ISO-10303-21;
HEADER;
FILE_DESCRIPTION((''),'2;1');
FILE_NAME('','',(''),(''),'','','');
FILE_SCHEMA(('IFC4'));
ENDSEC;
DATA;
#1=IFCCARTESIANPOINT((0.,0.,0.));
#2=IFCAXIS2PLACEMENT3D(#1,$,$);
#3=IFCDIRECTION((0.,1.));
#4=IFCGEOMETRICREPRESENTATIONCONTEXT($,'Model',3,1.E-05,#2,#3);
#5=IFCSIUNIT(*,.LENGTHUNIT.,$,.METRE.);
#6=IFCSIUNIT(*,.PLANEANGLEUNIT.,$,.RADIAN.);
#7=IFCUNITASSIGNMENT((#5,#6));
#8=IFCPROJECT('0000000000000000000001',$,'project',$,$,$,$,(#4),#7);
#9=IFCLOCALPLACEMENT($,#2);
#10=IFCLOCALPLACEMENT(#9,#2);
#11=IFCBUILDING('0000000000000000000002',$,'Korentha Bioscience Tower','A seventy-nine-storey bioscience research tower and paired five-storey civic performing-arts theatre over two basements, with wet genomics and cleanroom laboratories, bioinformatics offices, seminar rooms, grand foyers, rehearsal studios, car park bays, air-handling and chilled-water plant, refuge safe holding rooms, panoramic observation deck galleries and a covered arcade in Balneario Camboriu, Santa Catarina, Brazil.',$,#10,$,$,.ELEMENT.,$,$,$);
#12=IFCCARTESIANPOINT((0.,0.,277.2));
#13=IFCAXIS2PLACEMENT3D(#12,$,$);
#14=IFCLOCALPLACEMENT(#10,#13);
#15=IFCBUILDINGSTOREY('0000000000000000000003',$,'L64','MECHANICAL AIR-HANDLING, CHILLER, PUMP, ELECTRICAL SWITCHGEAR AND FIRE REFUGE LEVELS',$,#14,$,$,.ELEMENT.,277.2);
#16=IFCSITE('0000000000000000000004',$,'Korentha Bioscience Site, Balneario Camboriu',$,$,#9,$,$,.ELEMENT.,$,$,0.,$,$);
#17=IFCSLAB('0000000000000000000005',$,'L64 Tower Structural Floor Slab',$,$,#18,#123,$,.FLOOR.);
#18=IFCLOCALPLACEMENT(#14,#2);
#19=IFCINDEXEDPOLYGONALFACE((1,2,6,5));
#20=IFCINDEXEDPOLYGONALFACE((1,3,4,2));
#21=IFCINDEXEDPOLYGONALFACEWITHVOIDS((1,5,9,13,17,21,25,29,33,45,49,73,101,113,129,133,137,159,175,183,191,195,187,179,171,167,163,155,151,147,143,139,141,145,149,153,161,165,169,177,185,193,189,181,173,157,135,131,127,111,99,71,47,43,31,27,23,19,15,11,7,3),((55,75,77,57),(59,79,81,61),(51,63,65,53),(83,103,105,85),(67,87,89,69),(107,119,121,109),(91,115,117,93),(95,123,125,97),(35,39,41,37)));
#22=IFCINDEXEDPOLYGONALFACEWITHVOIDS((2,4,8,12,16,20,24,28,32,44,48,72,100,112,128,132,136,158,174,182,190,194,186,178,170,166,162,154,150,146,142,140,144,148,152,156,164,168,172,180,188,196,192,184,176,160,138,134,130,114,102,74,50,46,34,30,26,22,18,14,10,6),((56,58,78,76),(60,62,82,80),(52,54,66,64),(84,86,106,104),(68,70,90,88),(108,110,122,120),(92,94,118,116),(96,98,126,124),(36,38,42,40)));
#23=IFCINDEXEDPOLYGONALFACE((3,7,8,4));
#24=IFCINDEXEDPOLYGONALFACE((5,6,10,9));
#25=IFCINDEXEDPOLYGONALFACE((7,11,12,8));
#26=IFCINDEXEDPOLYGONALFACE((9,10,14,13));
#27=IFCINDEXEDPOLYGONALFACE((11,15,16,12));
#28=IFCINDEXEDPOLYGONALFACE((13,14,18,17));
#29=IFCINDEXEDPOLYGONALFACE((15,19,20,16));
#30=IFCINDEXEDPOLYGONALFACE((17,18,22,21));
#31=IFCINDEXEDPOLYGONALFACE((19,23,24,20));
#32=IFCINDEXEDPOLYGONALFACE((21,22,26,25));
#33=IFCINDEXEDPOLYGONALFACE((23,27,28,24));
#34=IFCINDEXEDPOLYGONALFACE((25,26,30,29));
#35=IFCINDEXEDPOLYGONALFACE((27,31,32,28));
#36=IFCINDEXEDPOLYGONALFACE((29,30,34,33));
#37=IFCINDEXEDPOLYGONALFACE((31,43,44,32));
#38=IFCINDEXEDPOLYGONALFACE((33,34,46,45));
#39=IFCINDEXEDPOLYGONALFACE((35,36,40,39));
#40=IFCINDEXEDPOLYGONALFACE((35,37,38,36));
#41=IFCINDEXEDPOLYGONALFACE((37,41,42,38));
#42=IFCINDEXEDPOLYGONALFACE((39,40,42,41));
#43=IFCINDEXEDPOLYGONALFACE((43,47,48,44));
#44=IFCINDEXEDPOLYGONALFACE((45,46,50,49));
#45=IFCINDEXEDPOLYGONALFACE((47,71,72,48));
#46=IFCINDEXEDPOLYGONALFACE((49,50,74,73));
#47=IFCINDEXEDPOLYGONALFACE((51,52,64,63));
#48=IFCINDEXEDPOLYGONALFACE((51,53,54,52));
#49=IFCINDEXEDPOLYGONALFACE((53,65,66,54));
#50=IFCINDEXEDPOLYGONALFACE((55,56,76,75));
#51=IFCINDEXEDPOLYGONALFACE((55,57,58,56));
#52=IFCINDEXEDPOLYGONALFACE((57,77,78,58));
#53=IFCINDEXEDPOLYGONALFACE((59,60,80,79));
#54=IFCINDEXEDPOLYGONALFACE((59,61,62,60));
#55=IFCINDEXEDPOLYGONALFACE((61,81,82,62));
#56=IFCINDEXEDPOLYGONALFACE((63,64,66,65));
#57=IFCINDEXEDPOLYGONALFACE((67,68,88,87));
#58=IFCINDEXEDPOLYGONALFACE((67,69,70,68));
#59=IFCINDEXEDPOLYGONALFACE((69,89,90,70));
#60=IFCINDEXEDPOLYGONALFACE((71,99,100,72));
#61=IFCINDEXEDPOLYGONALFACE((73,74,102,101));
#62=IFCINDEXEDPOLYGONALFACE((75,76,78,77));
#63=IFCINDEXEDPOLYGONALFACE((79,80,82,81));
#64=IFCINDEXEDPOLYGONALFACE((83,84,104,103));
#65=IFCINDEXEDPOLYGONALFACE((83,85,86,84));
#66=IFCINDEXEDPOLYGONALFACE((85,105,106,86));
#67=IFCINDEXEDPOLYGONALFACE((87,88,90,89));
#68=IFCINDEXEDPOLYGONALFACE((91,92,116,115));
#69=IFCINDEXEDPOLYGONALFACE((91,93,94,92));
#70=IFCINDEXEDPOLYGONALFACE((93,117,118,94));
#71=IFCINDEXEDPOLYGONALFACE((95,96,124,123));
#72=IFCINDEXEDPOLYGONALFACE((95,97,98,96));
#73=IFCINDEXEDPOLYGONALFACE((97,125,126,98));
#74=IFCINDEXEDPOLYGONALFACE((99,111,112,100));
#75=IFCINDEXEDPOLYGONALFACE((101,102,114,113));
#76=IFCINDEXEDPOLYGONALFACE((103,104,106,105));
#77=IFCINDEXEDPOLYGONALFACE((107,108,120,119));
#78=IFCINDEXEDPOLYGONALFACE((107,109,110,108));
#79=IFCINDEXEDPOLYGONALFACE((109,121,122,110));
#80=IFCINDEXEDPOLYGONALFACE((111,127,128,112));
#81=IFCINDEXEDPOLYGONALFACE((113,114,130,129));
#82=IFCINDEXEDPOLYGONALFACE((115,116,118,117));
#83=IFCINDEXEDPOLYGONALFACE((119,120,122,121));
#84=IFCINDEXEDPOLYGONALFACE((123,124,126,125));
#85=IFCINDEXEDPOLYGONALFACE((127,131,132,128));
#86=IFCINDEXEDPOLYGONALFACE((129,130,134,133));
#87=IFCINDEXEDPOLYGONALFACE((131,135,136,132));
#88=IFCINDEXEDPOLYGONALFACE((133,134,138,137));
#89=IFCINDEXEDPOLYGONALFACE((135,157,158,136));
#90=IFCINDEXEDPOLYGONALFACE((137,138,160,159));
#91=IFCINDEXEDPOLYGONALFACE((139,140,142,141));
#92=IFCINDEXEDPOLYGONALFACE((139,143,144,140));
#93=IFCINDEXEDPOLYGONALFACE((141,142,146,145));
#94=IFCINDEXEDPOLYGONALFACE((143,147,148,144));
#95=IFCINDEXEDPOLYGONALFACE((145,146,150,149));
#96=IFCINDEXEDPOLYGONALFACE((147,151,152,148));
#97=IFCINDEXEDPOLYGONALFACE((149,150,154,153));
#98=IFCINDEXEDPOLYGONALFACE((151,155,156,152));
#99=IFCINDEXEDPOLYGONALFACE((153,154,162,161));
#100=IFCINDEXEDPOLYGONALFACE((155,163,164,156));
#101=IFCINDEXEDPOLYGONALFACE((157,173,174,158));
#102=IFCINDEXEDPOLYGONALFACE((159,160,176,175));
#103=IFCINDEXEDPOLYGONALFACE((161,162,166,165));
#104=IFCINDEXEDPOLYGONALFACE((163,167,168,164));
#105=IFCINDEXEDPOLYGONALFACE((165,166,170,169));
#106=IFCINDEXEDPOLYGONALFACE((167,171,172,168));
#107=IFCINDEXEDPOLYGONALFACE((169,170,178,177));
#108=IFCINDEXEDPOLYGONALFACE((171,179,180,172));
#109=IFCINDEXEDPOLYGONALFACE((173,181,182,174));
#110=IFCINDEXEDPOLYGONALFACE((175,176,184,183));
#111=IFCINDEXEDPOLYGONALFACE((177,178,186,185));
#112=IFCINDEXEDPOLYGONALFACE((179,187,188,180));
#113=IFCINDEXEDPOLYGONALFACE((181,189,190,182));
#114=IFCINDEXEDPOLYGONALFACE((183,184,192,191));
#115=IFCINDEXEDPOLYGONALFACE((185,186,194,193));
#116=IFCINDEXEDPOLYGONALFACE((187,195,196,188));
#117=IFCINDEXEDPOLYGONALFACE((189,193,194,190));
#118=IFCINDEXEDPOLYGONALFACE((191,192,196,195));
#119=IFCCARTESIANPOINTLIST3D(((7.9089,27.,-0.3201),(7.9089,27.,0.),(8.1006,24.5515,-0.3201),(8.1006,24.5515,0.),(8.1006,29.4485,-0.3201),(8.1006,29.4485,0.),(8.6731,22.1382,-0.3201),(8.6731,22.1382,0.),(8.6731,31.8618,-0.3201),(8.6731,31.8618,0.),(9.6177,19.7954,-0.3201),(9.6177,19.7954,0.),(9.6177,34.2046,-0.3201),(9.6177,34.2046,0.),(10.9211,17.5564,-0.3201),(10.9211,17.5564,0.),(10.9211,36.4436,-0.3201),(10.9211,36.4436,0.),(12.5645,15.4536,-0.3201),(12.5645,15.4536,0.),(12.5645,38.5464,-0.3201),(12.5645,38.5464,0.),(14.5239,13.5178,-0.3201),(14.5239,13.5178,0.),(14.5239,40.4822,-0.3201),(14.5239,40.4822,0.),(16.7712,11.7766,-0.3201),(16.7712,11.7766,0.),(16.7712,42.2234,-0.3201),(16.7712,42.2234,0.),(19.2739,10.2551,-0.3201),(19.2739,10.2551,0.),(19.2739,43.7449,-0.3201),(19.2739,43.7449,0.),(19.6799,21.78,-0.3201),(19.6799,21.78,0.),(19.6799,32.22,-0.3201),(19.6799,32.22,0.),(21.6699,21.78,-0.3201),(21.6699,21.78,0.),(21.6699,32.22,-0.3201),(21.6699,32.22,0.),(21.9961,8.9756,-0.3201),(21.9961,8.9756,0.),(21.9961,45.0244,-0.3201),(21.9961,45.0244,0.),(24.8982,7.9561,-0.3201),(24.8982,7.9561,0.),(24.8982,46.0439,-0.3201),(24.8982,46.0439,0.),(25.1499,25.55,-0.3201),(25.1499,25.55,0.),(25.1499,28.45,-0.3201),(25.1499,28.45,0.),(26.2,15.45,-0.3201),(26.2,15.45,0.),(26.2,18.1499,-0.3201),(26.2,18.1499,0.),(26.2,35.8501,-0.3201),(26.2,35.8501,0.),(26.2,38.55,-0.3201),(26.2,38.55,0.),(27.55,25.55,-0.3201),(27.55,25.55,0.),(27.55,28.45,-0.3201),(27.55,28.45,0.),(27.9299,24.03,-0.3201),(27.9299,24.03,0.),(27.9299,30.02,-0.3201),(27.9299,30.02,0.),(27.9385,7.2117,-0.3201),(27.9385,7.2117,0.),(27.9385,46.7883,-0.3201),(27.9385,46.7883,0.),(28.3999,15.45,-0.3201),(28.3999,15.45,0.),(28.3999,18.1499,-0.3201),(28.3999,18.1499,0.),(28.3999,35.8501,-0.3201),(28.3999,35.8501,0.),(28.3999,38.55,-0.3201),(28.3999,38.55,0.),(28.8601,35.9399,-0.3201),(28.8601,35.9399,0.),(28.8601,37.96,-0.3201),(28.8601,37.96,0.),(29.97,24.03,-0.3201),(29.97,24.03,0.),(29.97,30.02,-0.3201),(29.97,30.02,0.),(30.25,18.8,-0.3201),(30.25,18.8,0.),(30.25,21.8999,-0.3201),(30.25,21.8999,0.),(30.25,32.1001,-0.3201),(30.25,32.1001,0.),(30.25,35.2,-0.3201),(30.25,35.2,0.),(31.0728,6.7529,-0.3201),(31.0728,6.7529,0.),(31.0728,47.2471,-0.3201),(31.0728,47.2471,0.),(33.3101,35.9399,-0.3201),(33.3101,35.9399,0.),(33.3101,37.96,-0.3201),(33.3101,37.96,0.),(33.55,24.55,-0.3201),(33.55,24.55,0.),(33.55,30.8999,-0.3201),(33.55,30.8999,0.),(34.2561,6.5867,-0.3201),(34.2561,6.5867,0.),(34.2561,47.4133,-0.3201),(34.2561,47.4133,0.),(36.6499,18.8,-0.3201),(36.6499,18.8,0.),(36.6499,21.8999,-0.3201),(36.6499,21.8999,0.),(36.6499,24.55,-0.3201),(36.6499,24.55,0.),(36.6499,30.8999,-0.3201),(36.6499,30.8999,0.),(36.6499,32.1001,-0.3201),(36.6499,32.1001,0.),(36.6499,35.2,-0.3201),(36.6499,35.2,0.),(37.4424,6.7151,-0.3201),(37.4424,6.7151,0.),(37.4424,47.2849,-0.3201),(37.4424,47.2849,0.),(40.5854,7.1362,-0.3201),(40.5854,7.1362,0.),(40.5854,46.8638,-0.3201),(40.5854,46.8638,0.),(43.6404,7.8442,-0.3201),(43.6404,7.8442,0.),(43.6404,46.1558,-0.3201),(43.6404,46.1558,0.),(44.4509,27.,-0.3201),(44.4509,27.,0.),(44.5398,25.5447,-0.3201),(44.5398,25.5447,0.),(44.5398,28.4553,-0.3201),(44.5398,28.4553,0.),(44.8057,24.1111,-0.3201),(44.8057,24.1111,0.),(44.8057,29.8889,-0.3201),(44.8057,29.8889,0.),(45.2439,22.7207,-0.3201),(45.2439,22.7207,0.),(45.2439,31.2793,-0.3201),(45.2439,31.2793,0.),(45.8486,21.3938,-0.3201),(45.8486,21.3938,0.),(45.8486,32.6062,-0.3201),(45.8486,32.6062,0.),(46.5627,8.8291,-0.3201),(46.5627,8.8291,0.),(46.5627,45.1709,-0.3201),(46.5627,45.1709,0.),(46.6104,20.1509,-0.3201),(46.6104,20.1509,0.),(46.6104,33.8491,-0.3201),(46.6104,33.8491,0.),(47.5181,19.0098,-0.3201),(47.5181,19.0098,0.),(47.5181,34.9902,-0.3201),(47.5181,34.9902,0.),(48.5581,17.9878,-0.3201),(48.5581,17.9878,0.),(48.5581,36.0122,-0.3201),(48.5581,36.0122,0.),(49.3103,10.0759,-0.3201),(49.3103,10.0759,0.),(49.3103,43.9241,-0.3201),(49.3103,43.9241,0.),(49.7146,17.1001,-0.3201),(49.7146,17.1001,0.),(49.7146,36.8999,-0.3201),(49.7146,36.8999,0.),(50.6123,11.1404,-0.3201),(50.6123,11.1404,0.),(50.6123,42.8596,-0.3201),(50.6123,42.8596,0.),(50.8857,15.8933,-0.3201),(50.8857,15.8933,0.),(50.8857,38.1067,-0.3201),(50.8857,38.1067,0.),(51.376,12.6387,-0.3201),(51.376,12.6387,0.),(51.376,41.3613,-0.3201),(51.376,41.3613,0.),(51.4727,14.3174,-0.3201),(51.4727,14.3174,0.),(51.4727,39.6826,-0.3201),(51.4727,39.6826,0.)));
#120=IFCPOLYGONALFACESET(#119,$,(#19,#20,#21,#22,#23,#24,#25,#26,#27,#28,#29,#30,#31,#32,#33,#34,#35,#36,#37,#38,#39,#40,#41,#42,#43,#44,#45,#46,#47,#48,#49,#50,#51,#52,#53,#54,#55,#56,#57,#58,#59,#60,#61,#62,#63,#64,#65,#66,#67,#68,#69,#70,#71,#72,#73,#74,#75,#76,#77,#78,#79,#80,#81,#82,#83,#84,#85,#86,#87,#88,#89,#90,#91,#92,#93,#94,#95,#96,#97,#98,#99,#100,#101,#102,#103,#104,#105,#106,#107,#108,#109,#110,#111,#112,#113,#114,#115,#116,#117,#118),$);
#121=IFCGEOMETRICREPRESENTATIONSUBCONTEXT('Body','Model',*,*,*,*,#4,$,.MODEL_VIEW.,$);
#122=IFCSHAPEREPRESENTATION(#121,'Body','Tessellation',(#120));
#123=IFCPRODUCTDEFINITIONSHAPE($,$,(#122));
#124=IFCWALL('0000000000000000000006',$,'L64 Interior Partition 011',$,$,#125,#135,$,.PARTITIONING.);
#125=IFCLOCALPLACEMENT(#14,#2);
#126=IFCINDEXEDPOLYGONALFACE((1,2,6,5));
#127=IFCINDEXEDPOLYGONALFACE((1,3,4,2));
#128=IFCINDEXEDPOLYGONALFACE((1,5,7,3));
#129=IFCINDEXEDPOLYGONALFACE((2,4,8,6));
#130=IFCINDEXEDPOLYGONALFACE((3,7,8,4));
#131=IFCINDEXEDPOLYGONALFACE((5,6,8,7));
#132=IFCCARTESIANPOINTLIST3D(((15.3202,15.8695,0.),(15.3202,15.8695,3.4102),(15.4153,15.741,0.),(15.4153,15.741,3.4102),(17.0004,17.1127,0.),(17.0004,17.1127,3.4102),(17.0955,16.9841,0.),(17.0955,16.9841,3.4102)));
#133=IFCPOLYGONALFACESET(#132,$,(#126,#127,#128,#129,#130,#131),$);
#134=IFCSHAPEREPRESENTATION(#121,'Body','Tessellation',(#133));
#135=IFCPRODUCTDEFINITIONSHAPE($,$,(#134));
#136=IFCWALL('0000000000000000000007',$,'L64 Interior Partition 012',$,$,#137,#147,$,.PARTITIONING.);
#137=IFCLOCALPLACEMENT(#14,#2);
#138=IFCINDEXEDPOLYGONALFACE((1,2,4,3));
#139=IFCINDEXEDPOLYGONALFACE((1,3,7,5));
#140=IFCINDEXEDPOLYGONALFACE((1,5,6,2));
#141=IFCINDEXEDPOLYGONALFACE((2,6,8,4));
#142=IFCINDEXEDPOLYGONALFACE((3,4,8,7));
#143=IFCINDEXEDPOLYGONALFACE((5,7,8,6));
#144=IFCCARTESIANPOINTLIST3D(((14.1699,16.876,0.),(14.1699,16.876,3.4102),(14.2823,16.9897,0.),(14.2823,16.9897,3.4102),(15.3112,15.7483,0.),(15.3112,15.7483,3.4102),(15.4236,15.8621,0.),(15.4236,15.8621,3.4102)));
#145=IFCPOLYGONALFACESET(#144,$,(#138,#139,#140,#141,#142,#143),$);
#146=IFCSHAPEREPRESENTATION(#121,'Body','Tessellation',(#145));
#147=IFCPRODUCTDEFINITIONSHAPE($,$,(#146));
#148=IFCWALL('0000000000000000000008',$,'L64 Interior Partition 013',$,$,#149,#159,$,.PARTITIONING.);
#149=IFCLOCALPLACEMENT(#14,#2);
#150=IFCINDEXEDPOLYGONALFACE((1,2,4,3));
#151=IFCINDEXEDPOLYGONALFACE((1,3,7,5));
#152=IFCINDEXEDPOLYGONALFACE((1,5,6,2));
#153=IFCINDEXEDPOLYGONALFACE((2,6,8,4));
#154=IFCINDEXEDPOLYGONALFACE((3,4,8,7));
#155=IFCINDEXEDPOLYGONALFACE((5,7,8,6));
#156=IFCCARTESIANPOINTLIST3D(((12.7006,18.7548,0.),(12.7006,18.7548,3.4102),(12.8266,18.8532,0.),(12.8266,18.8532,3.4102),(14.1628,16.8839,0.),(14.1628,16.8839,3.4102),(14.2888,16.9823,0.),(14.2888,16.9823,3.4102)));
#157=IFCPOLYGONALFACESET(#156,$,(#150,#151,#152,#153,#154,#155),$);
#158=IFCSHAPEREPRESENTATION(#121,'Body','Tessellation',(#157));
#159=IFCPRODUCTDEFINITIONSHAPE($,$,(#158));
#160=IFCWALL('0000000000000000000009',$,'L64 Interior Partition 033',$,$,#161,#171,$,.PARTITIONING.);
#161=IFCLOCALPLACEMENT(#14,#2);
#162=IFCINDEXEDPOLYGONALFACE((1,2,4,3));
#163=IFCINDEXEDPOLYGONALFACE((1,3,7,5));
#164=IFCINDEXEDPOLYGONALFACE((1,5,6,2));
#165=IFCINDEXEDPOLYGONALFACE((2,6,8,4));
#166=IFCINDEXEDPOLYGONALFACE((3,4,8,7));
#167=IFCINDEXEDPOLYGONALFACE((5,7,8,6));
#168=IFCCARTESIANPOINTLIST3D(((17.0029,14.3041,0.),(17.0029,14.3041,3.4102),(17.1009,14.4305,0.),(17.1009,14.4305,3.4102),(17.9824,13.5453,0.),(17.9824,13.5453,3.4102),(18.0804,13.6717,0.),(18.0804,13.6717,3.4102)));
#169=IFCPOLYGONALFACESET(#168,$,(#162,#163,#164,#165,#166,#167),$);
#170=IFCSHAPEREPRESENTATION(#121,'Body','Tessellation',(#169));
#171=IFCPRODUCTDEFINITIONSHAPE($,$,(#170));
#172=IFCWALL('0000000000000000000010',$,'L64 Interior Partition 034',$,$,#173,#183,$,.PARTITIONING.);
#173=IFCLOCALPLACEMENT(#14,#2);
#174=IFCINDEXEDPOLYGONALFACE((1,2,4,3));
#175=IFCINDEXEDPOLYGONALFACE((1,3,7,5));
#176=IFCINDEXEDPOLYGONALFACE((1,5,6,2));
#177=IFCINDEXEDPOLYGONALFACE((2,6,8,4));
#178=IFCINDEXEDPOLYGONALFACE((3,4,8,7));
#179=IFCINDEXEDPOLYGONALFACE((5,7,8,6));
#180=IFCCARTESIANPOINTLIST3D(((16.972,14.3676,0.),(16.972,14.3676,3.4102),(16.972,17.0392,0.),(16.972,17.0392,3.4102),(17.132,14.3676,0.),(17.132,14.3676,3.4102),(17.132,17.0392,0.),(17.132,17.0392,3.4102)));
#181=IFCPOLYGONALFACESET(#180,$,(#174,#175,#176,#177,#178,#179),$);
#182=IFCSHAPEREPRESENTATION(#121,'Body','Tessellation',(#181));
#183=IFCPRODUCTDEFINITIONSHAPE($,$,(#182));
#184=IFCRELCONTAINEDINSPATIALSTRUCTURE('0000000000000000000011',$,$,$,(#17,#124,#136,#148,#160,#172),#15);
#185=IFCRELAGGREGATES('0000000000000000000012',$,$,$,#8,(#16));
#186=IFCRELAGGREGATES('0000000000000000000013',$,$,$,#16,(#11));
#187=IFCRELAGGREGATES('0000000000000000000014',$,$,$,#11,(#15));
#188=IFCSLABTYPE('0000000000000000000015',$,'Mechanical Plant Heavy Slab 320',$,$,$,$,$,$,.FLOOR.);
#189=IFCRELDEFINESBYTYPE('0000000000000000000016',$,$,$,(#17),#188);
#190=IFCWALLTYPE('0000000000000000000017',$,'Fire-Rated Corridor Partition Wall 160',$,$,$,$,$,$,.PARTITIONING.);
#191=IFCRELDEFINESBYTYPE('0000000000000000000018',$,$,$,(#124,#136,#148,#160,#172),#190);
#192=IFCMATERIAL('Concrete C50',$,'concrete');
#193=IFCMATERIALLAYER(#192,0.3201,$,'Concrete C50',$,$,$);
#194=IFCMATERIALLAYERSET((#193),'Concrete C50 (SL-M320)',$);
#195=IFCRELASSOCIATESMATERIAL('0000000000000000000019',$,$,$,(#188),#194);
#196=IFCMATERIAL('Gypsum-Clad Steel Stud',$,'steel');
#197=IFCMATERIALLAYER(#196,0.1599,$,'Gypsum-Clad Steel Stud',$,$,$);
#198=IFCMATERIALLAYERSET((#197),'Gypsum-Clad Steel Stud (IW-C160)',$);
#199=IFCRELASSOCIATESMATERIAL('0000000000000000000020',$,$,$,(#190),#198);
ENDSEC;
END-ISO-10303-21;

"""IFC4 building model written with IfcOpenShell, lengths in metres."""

from ifc_helpers import new_model, si_unit, direction, frame, frame_2d, origin, place, context, subcontext, project, spatial, polyline, rectangle, outline, extrude, material, layer, layer_set, type_object, element, save


model = new_model("IFC4")

# Units and contexts
model_context = context("Model", 3, precision=1e-05, world=origin(), true_north=direction((0.0, 1.0)))
body_context = subcontext(model_context, "Body", "Model", "MODEL_VIEW")
ifc_project = project(units=[si_unit("LENGTHUNIT", "METRE"), si_unit("PLANEANGLEUNIT", "RADIAN")], contexts=[model_context])

# Site, building, storey
site_placement = place(None, origin())
site = spatial("IfcSite", under=ifc_project, at=site_placement, Name="Korentha Bioscience Site, Balneario Camboriu", CompositionType="ELEMENT", RefElevation=0.0)
building_placement = place(site_placement, origin())
building = spatial("IfcBuilding", under=site, at=building_placement, Name="Korentha Bioscience Tower", Description="A seventy-nine-storey bioscience research tower and paired five-storey civic performing-arts theatre over two basements, with wet genomics and cleanroom laboratories, bioinformatics offices, seminar rooms, grand foyers, rehearsal studios, car park bays, air-handling and chilled-water plant, refuge safe holding rooms, panoramic observation deck galleries and a covered arcade in Balneario Camboriu, Santa Catarina, Brazil.", CompositionType="ELEMENT")
storey_placement = place(building_placement, frame((0.0, 0.0, 277.2)))
storey = spatial("IfcBuildingStorey", under=building, at=storey_placement, Name="L64", Description="MECHANICAL AIR-HANDLING, CHILLER, PUMP, ELECTRICAL SWITCHGEAR AND FIRE REFUGE LEVELS", CompositionType="ELEMENT", Elevation=277.2)

# Shared definitions
ifc_material_1 = material(Name="Concrete C50", Category="concrete")

# Slab
ifc_layer_1 = layer(ifc_material_1, 0.3201, Name="Concrete C50")
ifc_layer_set_1 = layer_set([ifc_layer_1], Name="Concrete C50 (SL-M320)")
slab_type_1 = type_object("IfcSlabType", Name="Mechanical Plant Heavy Slab 320", PredefinedType="FLOOR", material=ifc_layer_set_1)
slab_1_placement = place(storey_placement, frame((0.0, 0.0, -0.3201)))
element("IfcSlab", 1, at=slab_1_placement, inside=storey, type_object=slab_type_1, Name="L64 Tower Structural Floor Slab", PredefinedType="FLOOR", context=body_context, shape_type="SweptSolid", body=[
    extrude(outline(polyline([(49.3103, 43.9241), (46.5627, 45.1709), (43.6404, 46.1558), (40.5854, 46.8638), (37.4424, 47.2849), (34.2561, 47.4133), (31.0728, 47.2471), (27.9385, 46.7883), (24.8982, 46.0439), (21.9961, 45.0244), (19.2739, 43.7449), (16.7712, 42.2234), (14.5239, 40.4822), (12.5645, 38.5464), (10.9211, 36.4436), (9.6177, 34.2046), (8.6731, 31.8618), (8.1006, 29.4485), (7.9089, 27.0), (8.1006, 24.5515), (8.6731, 22.1382), (9.6177, 19.7954), (10.9211, 17.5564), (12.5645, 15.4536), (14.5239, 13.5178), (16.7712, 11.7766), (19.2739, 10.2551), (21.9961, 8.9756), (24.8982, 7.9561), (27.9385, 7.2117), (31.0728, 6.7529), (34.2561, 6.5867), (37.4424, 6.7151), (40.5854, 7.1362), (43.6404, 7.8442), (46.5627, 8.8291), (49.3103, 10.0759), (50.6123, 11.1404), (51.376, 12.6387), (51.4727, 14.3174), (50.8857, 15.8933), (49.7146, 17.1001), (48.5581, 17.9878), (47.5181, 19.0098), (46.6104, 20.1509), (45.8486, 21.3938), (45.2439, 22.7207), (44.8057, 24.1111), (44.5398, 25.5447), (44.4509, 27.0), (44.5398, 28.4553), (44.8057, 29.8889), (45.2439, 31.2793), (45.8486, 32.6062), (46.6104, 33.8491), (47.5181, 34.9902), (48.5581, 36.0122), (49.7146, 36.8999), (50.8857, 38.1067), (51.4727, 39.6826), (51.376, 41.3613), (50.6123, 42.8596), (49.3103, 43.9241)]), holes=[polyline([(30.25, 32.1001), (36.6499, 32.1001), (36.6499, 35.2), (30.25, 35.2), (30.25, 32.1001)]), polyline([(30.25, 18.8), (36.6499, 18.8), (36.6499, 21.8999), (30.25, 21.8999), (30.25, 18.8)]), polyline([(36.6499, 24.55), (36.6499, 30.8999), (33.55, 30.8999), (33.55, 24.55), (36.6499, 24.55)]), polyline([(19.6799, 21.78), (21.6699, 21.78), (21.6699, 32.22), (19.6799, 32.22), (19.6799, 21.78)]), polyline([(27.9299, 24.03), (29.97, 24.03), (29.97, 30.02), (27.9299, 30.02), (27.9299, 24.03)]), polyline([(28.8601, 35.9399), (33.3101, 35.9399), (33.3101, 37.96), (28.8601, 37.96), (28.8601, 35.9399)]), polyline([(26.2, 15.45), (28.3999, 15.45), (28.3999, 18.1499), (26.2, 18.1499), (26.2, 15.45)]), polyline([(26.2, 35.8501), (28.3999, 35.8501), (28.3999, 38.55), (26.2, 38.55), (26.2, 35.8501)]), polyline([(25.1499, 25.55), (27.55, 25.55), (27.55, 28.45), (25.1499, 28.45), (25.1499, 25.55)])]), origin(), (0.0, 0.0, 1.0), 0.3201),
])

# Walls
ifc_material_2 = material(Name="Gypsum-Clad Steel Stud", Category="steel")
ifc_layer_2 = layer(ifc_material_2, 0.1599, Name="Gypsum-Clad Steel Stud")
ifc_layer_set_2 = layer_set([ifc_layer_2], Name="Gypsum-Clad Steel Stud (IW-C160)")
wall_type_1 = type_object("IfcWallType", Name="Fire-Rated Corridor Partition Wall 160", PredefinedType="PARTITIONING", material=ifc_layer_set_2)
wall_1_placement = place(storey_placement, frame((17.0479, 17.0483, 0.0), z_axis=(0.0, 0.0, 1.0), x_axis=(-0.80388, -0.594792, 0.0)))
element("IfcWall", 2, at=wall_1_placement, inside=storey, type_object=wall_type_1, Name="L64 Interior Partition 011", PredefinedType="PARTITIONING", context=body_context, shape_type="SweptSolid", body=[
    extrude(rectangle(XDim=2.0901, YDim=0.1599, at=frame_2d((1.0449, 0.0))), origin(), (0.0, 0.0, 1.0), 3.4102),
])
wall_2_placement = place(storey_placement, frame((15.3674, 15.8052, 0.0), z_axis=(0.0, 0.0, 1.0), x_axis=(-0.711354, 0.702833, 0.0)))
element("IfcWall", 3, at=wall_2_placement, inside=storey, type_object=wall_type_1, Name="L64 Interior Partition 012", PredefinedType="PARTITIONING", context=body_context, shape_type="SweptSolid", body=[
    extrude(rectangle(XDim=1.6045, YDim=0.1599, at=frame_2d((0.8022, 0.0))), origin(), (0.0, 0.0, 1.0), 3.4102),
])
wall_3_placement = place(storey_placement, frame((14.2258, 16.9331, 0.0), z_axis=(0.0, 0.0, 1.0), x_axis=(-0.61579, 0.787911, 0.0)))
element("IfcWall", 4, at=wall_3_placement, inside=storey, type_object=wall_type_1, Name="L64 Interior Partition 013", PredefinedType="PARTITIONING", context=body_context, shape_type="SweptSolid", body=[
    extrude(rectangle(XDim=2.3745, YDim=0.1599, at=frame_2d((1.1873, 0.0))), origin(), (0.0, 0.0, 1.0), 3.4102),
])
wall_4_placement = place(storey_placement, frame((18.0315, 13.6084, 0.0), z_axis=(0.0, 0.0, 1.0), x_axis=(-0.790539, 0.612412, 0.0)))
element("IfcWall", 5, at=wall_4_placement, inside=storey, type_object=wall_type_1, Name="L64 Interior Partition 033", PredefinedType="PARTITIONING", context=body_context, shape_type="SweptSolid", body=[
    extrude(rectangle(XDim=1.239, YDim=0.1599, at=frame_2d((0.6196, 0.0))), origin(), (0.0, 0.0, 1.0), 3.4102),
])
wall_5_placement = place(storey_placement, frame((17.052, 14.3674, 0.0), z_axis=(0.0, 0.0, 1.0), x_axis=(0.0, 1.0, 0.0)))
element("IfcWall", 6, at=wall_5_placement, inside=storey, type_object=wall_type_1, Name="L64 Interior Partition 034", PredefinedType="PARTITIONING", context=body_context, shape_type="SweptSolid", body=[
    extrude(rectangle(XDim=2.6716, YDim=0.1599, at=frame_2d((1.3359, 0.0))), origin(), (0.0, 0.0, 1.0), 3.4102),
])

save(model, "model.ifc")
